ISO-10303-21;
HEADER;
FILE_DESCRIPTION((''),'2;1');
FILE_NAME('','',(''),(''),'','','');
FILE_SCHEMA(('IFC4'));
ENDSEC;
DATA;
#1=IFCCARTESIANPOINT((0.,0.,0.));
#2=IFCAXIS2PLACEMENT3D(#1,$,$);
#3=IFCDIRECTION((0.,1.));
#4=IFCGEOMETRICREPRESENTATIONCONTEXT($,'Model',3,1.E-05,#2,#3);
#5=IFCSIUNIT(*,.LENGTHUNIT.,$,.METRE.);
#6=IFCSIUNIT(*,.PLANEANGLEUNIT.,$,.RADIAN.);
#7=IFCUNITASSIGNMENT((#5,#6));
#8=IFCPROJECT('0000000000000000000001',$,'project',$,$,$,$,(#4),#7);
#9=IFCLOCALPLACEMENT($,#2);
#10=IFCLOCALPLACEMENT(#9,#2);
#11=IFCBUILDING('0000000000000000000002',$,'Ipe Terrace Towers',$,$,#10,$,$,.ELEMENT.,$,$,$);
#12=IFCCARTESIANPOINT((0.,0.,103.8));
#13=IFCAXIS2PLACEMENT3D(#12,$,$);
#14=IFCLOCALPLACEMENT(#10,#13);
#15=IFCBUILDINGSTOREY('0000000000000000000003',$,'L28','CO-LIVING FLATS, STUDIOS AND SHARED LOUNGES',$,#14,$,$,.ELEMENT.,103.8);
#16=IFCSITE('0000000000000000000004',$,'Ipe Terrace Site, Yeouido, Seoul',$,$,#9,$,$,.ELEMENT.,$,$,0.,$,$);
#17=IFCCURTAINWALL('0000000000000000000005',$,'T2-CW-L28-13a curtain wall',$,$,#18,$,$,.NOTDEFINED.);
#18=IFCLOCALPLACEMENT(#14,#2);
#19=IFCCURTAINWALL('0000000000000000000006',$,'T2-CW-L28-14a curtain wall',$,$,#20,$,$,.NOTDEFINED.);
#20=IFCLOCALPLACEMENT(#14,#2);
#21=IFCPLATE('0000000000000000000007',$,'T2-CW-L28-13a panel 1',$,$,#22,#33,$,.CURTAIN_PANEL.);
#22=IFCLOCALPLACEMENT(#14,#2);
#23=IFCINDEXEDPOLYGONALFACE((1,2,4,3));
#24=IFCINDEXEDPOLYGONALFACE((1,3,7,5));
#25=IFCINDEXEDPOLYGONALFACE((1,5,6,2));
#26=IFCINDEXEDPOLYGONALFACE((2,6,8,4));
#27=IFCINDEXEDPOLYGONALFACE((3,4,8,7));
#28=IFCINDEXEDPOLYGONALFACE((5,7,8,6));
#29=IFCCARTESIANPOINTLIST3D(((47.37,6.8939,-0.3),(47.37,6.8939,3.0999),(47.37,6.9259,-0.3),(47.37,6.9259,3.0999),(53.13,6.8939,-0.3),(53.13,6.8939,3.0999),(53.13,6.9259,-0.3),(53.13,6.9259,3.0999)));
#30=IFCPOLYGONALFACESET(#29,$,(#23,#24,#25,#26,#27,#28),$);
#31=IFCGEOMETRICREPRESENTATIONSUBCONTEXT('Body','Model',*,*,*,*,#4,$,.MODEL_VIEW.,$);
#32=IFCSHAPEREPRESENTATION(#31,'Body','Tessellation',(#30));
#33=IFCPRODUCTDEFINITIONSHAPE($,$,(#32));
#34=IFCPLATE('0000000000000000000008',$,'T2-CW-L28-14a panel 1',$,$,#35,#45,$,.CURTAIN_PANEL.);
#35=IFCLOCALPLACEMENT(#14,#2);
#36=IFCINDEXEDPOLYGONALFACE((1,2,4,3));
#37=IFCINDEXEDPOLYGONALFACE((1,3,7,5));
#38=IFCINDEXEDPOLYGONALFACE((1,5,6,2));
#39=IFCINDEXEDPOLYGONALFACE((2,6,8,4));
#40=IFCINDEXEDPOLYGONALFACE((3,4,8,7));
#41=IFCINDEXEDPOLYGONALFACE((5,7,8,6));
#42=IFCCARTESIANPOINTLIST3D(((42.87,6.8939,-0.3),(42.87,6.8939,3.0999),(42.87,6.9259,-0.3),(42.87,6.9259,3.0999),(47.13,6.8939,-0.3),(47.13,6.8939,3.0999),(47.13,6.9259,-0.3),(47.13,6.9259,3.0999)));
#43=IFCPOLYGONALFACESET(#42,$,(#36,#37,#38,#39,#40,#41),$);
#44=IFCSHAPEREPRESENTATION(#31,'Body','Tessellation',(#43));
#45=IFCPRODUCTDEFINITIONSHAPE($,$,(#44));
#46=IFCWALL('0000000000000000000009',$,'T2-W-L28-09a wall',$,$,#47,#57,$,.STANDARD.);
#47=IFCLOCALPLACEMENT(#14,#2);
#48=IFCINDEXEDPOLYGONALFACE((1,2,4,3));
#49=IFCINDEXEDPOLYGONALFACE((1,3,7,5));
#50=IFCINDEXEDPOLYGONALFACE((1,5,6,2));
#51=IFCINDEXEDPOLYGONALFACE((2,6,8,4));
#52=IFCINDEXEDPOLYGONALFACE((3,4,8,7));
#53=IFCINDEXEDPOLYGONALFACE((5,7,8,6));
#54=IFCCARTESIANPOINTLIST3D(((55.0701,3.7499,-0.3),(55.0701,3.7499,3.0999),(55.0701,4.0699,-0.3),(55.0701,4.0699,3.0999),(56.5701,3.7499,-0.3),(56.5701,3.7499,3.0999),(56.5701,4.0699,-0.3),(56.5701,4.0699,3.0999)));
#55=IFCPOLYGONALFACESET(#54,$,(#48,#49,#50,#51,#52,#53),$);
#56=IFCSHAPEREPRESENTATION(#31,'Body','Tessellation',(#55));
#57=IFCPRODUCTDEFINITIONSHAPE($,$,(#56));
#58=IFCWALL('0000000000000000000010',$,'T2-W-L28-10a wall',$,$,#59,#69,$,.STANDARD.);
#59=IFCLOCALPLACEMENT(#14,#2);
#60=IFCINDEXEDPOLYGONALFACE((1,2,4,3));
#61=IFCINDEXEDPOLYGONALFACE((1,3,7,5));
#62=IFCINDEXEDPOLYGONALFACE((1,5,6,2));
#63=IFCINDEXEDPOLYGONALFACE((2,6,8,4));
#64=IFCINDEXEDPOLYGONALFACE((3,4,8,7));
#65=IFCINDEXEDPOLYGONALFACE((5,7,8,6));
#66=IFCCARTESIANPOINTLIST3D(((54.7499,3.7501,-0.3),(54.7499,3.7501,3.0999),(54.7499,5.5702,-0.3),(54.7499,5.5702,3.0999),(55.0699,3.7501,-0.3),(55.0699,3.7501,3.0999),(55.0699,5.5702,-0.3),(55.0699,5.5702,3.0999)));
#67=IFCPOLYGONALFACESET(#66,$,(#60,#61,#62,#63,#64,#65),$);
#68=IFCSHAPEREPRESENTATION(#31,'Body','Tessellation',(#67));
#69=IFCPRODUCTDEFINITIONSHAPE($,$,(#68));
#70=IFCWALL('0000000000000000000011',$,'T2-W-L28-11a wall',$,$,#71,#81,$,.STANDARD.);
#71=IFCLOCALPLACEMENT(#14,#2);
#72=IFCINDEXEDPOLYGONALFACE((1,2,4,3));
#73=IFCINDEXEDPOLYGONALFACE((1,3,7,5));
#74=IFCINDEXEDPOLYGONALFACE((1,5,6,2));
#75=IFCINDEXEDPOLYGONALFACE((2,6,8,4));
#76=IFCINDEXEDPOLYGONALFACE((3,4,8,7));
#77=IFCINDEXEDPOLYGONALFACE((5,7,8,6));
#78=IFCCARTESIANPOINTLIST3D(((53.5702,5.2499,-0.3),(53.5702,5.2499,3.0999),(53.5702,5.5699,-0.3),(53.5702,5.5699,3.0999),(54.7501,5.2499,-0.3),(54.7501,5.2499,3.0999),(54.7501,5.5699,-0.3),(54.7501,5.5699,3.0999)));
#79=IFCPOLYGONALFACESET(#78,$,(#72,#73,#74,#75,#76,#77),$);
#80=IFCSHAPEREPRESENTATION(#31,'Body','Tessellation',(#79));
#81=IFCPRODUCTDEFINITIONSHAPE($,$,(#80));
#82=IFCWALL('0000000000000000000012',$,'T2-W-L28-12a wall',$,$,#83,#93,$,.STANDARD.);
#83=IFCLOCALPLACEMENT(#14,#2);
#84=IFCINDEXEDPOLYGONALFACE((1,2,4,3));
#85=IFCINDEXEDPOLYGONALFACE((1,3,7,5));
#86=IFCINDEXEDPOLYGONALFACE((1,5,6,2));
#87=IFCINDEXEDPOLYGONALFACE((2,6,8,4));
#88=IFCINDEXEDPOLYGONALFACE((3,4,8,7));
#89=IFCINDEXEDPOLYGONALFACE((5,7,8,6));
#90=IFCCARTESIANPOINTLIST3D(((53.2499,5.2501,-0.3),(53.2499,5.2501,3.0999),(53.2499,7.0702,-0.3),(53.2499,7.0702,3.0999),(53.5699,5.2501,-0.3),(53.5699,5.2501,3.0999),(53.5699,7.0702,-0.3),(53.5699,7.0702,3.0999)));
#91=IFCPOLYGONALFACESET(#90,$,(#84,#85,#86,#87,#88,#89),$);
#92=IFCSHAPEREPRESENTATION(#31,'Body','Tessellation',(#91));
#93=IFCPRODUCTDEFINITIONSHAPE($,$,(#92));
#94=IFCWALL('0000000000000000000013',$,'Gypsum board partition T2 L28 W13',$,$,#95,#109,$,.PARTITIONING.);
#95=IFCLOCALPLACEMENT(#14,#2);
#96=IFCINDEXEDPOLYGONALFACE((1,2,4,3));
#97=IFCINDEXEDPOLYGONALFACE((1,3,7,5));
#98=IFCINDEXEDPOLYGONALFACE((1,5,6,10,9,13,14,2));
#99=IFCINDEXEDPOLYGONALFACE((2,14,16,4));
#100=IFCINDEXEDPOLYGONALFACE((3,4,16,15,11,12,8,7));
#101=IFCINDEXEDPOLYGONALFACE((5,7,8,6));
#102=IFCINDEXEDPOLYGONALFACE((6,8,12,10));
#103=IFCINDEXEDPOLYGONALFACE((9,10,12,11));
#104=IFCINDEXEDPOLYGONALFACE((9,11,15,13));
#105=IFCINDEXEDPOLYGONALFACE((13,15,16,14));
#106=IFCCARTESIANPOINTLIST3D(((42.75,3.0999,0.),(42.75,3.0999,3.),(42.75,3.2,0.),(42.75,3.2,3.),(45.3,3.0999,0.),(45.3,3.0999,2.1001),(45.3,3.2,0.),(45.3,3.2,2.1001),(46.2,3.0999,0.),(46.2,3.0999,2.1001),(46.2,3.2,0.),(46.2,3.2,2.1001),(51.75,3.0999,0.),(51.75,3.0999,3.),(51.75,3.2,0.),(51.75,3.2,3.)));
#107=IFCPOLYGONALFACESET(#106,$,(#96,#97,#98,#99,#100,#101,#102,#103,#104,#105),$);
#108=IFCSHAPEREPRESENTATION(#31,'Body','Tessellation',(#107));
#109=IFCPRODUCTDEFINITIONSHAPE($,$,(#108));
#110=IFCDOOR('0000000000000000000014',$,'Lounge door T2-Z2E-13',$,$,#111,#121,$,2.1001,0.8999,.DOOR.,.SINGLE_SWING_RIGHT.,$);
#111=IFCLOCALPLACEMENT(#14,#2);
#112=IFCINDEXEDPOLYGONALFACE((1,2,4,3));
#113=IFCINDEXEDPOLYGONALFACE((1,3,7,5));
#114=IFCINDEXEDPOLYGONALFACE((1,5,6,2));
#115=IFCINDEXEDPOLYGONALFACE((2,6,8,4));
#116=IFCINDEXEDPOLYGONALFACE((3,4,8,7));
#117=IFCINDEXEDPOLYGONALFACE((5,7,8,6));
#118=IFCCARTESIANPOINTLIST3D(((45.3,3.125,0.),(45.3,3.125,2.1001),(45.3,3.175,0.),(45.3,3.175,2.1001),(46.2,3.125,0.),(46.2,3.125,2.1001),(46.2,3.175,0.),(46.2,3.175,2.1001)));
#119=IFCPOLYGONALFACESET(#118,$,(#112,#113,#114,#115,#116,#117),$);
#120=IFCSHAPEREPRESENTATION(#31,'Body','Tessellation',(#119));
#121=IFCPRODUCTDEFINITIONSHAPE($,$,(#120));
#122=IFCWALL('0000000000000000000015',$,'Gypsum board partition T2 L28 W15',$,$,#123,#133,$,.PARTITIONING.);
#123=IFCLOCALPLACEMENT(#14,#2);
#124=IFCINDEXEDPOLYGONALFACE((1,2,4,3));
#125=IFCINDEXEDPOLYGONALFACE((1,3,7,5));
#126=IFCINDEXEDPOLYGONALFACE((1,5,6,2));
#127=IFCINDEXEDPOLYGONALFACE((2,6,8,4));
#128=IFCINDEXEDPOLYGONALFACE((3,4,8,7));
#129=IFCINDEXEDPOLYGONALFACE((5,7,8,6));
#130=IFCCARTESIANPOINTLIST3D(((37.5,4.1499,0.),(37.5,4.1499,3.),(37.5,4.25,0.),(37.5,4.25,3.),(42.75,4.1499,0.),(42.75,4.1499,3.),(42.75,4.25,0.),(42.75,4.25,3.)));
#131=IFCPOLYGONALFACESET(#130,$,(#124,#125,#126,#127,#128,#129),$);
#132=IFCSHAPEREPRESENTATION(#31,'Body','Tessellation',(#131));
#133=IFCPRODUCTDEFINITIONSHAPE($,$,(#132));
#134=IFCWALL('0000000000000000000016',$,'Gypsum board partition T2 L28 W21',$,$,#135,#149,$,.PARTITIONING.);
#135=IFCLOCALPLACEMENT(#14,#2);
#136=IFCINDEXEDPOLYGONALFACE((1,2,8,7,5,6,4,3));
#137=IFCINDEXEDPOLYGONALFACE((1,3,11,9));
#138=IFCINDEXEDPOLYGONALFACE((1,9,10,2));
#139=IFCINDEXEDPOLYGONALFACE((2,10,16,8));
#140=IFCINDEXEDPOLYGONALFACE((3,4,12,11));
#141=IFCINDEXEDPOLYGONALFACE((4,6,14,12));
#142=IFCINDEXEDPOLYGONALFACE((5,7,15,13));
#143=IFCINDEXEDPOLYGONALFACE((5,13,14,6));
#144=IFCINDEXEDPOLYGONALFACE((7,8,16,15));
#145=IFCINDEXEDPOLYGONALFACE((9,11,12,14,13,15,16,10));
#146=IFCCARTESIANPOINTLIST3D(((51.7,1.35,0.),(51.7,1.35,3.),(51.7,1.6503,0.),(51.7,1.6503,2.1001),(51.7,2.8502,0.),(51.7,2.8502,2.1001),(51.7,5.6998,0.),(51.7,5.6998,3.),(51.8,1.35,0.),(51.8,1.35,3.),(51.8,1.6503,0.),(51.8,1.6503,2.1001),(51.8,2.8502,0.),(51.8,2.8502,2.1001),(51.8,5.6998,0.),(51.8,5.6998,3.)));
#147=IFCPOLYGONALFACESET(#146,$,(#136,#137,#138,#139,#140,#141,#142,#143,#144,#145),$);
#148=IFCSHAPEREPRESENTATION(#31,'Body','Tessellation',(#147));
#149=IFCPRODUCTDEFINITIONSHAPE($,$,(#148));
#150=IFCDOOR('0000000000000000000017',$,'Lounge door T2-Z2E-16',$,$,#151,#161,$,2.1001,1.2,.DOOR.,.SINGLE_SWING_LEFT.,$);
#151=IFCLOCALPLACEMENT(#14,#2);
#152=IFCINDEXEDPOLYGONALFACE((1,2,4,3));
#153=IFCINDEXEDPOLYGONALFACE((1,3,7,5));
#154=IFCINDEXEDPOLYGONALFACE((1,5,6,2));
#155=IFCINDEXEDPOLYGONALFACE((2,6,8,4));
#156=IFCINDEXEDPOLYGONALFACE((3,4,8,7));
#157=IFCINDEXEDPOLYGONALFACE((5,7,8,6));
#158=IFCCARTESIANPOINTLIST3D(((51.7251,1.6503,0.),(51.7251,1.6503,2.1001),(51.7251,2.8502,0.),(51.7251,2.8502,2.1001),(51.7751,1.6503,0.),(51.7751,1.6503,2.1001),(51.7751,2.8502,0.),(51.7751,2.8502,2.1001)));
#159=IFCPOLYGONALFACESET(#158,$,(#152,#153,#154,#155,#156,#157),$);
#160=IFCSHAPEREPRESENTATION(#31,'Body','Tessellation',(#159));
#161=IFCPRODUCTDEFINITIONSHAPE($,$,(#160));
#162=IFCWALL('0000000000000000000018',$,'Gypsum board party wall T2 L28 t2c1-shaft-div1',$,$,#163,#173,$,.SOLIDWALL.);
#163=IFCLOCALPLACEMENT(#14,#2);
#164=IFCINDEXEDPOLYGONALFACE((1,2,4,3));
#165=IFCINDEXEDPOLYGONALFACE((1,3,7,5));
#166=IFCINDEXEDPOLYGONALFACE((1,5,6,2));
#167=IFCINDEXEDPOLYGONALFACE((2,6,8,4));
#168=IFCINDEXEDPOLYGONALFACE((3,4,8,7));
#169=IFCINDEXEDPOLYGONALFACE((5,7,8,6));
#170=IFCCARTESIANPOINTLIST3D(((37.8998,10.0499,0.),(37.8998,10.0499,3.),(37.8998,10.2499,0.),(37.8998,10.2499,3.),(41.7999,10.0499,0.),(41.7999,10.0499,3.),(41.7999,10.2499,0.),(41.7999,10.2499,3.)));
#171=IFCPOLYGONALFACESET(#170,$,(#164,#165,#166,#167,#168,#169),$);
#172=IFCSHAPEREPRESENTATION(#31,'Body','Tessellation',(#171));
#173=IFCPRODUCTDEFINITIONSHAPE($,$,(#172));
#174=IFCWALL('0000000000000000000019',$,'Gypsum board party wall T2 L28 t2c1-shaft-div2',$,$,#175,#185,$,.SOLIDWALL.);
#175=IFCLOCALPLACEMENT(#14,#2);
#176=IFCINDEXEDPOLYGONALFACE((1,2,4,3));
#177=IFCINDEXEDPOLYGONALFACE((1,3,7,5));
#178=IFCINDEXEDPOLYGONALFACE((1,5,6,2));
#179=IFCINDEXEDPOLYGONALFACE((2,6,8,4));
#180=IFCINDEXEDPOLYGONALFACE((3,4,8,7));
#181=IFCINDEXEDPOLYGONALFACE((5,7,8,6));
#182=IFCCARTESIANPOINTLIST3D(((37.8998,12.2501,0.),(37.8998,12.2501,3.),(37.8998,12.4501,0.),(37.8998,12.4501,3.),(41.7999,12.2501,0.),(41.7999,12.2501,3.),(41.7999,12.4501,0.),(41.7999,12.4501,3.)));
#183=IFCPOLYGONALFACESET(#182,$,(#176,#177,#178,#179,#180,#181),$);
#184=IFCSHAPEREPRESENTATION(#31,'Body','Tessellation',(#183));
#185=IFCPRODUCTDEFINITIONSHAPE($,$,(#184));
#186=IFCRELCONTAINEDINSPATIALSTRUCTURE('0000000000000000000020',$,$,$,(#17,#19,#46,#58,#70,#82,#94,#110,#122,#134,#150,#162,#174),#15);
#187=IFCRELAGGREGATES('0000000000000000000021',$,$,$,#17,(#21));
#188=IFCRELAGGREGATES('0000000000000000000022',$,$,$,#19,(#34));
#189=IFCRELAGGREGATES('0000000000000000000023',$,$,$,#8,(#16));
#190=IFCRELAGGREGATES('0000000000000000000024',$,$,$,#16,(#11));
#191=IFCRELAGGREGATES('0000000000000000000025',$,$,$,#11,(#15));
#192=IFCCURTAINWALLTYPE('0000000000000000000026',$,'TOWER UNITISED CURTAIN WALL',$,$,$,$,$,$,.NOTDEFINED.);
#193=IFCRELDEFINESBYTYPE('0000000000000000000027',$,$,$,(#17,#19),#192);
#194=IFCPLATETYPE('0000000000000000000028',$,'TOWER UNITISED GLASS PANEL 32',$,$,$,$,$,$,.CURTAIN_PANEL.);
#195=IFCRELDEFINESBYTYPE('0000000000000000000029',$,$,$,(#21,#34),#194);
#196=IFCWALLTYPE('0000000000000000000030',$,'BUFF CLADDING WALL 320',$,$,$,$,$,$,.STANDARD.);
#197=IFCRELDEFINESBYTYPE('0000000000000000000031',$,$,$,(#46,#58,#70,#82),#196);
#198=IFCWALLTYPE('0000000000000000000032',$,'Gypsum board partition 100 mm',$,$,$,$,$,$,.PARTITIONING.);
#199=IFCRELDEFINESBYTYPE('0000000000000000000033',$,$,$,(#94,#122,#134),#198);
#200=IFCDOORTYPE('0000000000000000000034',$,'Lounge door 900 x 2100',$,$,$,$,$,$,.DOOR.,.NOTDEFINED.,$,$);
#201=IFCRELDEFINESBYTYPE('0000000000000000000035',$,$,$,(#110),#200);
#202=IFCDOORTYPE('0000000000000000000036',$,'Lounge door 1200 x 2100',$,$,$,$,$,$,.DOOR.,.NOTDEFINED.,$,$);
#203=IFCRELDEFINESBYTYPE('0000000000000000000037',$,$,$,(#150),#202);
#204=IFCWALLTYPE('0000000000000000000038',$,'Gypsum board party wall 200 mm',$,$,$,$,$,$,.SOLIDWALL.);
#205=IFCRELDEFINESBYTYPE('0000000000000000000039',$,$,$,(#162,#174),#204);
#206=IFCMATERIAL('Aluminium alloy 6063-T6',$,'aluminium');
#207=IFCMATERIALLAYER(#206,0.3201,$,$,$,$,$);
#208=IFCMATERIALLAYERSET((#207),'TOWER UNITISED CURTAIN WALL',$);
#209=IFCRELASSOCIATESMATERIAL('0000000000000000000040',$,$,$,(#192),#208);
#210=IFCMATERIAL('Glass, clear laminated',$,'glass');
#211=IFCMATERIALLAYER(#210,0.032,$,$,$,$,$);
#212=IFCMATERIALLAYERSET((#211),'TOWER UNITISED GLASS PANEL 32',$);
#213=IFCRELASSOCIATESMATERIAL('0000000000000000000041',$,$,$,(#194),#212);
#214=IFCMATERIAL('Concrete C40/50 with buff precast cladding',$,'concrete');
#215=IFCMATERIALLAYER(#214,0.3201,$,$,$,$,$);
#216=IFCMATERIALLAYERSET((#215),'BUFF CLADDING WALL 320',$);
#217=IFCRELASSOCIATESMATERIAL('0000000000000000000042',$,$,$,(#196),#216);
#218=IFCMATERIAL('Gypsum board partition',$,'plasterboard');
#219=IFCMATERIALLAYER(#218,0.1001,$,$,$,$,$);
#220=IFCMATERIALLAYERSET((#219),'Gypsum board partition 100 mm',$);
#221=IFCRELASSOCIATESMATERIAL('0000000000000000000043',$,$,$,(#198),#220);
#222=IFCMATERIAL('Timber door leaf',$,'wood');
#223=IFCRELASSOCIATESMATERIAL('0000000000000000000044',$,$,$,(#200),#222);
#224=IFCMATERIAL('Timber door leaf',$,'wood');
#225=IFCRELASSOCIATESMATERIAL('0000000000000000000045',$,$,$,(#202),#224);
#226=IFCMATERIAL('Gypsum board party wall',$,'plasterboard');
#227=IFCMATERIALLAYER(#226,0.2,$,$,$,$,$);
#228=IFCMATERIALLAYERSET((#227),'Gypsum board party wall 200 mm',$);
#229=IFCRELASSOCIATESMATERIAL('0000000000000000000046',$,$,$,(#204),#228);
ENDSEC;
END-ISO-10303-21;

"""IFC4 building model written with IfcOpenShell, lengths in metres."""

from ifc_helpers import new_model, si_unit, direction, frame, frame_2d, origin, origin_2d, place, context, subcontext, project, spatial, rectangle, extrude, material, layer, layer_set, type_object, element, fill, aggregate, save


model = new_model("IFC4")

# Units and contexts
model_context = context("Model", 3, precision=1e-05, world=origin(), true_north=direction((0.0, 1.0)))
body_context = subcontext(model_context, "Body", "Model", "MODEL_VIEW")
ifc_project = project(units=[si_unit("LENGTHUNIT", "METRE"), si_unit("PLANEANGLEUNIT", "RADIAN")], contexts=[model_context])

# Site, building, storey
site_placement = place(None, origin())
site = spatial("IfcSite", under=ifc_project, at=site_placement, Name="Ipe Terrace Site, Yeouido, Seoul", CompositionType="ELEMENT", RefElevation=0.0)
building_placement = place(site_placement, origin())
building = spatial("IfcBuilding", under=site, at=building_placement, Name="Ipe Terrace Towers", CompositionType="ELEMENT")
storey_placement = place(building_placement, frame((0.0, 0.0, 103.8)))
storey = spatial("IfcBuildingStorey", under=building, at=storey_placement, Name="L28", Description="CO-LIVING FLATS, STUDIOS AND SHARED LOUNGES", CompositionType="ELEMENT", Elevation=103.8)

# Shared definitions
ifc_material_1 = material(Name="Aluminium alloy 6063-T6", Category="aluminium")
ifc_layer_1 = layer(ifc_material_1, 0.3201)
ifc_layer_set_1 = layer_set([ifc_layer_1], Name="TOWER UNITISED CURTAIN WALL")
curtain_wall_type = type_object("IfcCurtainWallType", Name="TOWER UNITISED CURTAIN WALL", PredefinedType="NOTDEFINED", material=ifc_layer_set_1)

# Curtain walls
curtain_wall_1_placement = place(storey_placement, origin())
curtain_wall_1 = element("IfcCurtainWall", 1, at=curtain_wall_1_placement, inside=storey, type_object=curtain_wall_type, Name="T2-CW-L28-13a curtain wall", PredefinedType="NOTDEFINED")
curtain_wall_2_placement = place(storey_placement, origin())
curtain_wall_2 = element("IfcCurtainWall", 2, at=curtain_wall_2_placement, inside=storey, type_object=curtain_wall_type, Name="T2-CW-L28-14a curtain wall", PredefinedType="NOTDEFINED")

# Plates
ifc_material_2 = material(Name="Glass, clear laminated", Category="glass")
ifc_layer_2 = layer(ifc_material_2, 0.032)
ifc_layer_set_2 = layer_set([ifc_layer_2], Name="TOWER UNITISED GLASS PANEL 32")
plate_type = type_object("IfcPlateType", Name="TOWER UNITISED GLASS PANEL 32", PredefinedType="CURTAIN_PANEL", material=ifc_layer_set_2)
plate_1_placement = place(storey_placement, frame((50.25, 6.9099, -0.3), z_axis=(0.0, 0.0, 1.0), x_axis=(-1.0, 0.0, 0.0)))
plate_1 = element("IfcPlate", 3, at=plate_1_placement, type_object=plate_type, Name="T2-CW-L28-13a panel 1", PredefinedType="CURTAIN_PANEL", context=body_context, shape_type="SweptSolid", body=[
    extrude(rectangle(XDim=5.76, YDim=0.032, at=origin_2d()), origin(), (0.0, 0.0, 1.0), 3.3999),
])
aggregate(curtain_wall_1, [plate_1])
plate_2_placement = place(storey_placement, frame((45.0, 6.9099, -0.3), z_axis=(0.0, 0.0, 1.0), x_axis=(-1.0, 0.0, 0.0)))
plate_2 = element("IfcPlate", 4, at=plate_2_placement, type_object=plate_type, Name="T2-CW-L28-14a panel 1", PredefinedType="CURTAIN_PANEL", context=body_context, shape_type="SweptSolid", body=[
    extrude(rectangle(XDim=4.26, YDim=0.032, at=origin_2d()), origin(), (0.0, 0.0, 1.0), 3.3999),
])
aggregate(curtain_wall_2, [plate_2])

# Walls
ifc_material_3 = material(Name="Concrete C40/50 with buff precast cladding", Category="concrete")
ifc_layer_3 = layer(ifc_material_3, 0.3201)
ifc_layer_set_3 = layer_set([ifc_layer_3], Name="BUFF CLADDING WALL 320")
wall_type_1 = type_object("IfcWallType", Name="BUFF CLADDING WALL 320", PredefinedType="STANDARD", material=ifc_layer_set_3)
wall_1_placement = place(storey_placement, frame((56.5701, 3.9099, -0.3), z_axis=(0.0, 0.0, 1.0), x_axis=(-1.0, 0.0, 0.0)))
element("IfcWall", 5, at=wall_1_placement, inside=storey, type_object=wall_type_1, Name="T2-W-L28-09a wall", PredefinedType="STANDARD", context=body_context, shape_type="SweptSolid", body=[
    extrude(rectangle(XDim=1.5, YDim=0.3201, at=frame_2d((0.75, 0.0))), origin(), (0.0, 0.0, 1.0), 3.3999),
])
wall_2_placement = place(storey_placement, frame((54.9099, 3.75, -0.3), z_axis=(0.0, 0.0, 1.0), x_axis=(0.0, 1.0, 0.0)))
element("IfcWall", 6, at=wall_2_placement, inside=storey, type_object=wall_type_1, Name="T2-W-L28-10a wall", PredefinedType="STANDARD", context=body_context, shape_type="SweptSolid", body=[
    extrude(rectangle(XDim=1.8201, YDim=0.3201, at=frame_2d((0.9102, 0.0))), origin(), (0.0, 0.0, 1.0), 3.3999),
])
wall_3_placement = place(storey_placement, frame((54.75, 5.4099, -0.3), z_axis=(0.0, 0.0, 1.0), x_axis=(-1.0, 0.0, 0.0)))
element("IfcWall", 7, at=wall_3_placement, inside=storey, type_object=wall_type_1, Name="T2-W-L28-11a wall", PredefinedType="STANDARD", context=body_context, shape_type="SweptSolid", body=[
    extrude(rectangle(XDim=1.1799, YDim=0.3201, at=frame_2d((0.5898, 0.0))), origin(), (0.0, 0.0, 1.0), 3.3999),
])
wall_4_placement = place(storey_placement, frame((53.4099, 5.25, -0.3), z_axis=(0.0, 0.0, 1.0), x_axis=(0.0, 1.0, 0.0)))
element("IfcWall", 8, at=wall_4_placement, inside=storey, type_object=wall_type_1, Name="T2-W-L28-12a wall", PredefinedType="STANDARD", context=body_context, shape_type="SweptSolid", body=[
    extrude(rectangle(XDim=1.8201, YDim=0.3201, at=frame_2d((0.9102, 0.0))), origin(), (0.0, 0.0, 1.0), 3.3999),
])

# Wall, opening, door
ifc_material_4 = material(Name="Gypsum board partition", Category="plasterboard")
ifc_layer_4 = layer(ifc_material_4, 0.1001)
ifc_layer_set_4 = layer_set([ifc_layer_4], Name="Gypsum board partition 100 mm")
wall_type_2 = type_object("IfcWallType", Name="Gypsum board partition 100 mm", PredefinedType="PARTITIONING", material=ifc_layer_set_4)
wall_5_placement = place(storey_placement, frame((51.75, 3.1499, 0.0), z_axis=(0.0, 0.0, 1.0), x_axis=(-1.0, 0.0, 0.0)))
wall_5 = element("IfcWall", 9, at=wall_5_placement, inside=storey, type_object=wall_type_2, Name="Gypsum board partition T2 L28 W13", PredefinedType="PARTITIONING", context=body_context, shape_type="SweptSolid", body=[
    extrude(rectangle(XDim=9.0, YDim=0.1001, at=frame_2d((4.5, 0.0))), origin(), (0.0, 0.0, 1.0), 3.0),
])
opening_1_placement = place(wall_5_placement, frame((5.55, 0.0, 0.0)))
opening_1 = element("IfcOpeningElement", 10, at=opening_1_placement, cuts=wall_5, PredefinedType="OPENING", context=body_context, shape_type="SweptSolid", body=[
    extrude(rectangle(XDim=0.8999, YDim=2.1001, at=frame_2d((0.45, 1.05))), frame((0.0, 0.0601, 0.0), z_axis=(0.0, -1.0, 0.0), x_axis=(1.0, 0.0, 0.0)), (0.0, 0.0, 1.0), 0.1201),
])
ifc_material_5 = material(Name="Timber door leaf", Category="wood")
door_type_1 = type_object("IfcDoorType", Name="Lounge door 900 x 2100", OperationType="NOTDEFINED", PredefinedType="DOOR", material=ifc_material_5)
door_1_placement = place(opening_1_placement, origin())
door_1 = element("IfcDoor", 11, at=door_1_placement, inside=storey, type_object=door_type_1, Name="Lounge door T2-Z2E-13", OperationType="SINGLE_SWING_RIGHT", OverallHeight=2.1001, OverallWidth=0.8999, PredefinedType="DOOR", context=body_context, shape_type="SweptSolid", body=[
    extrude(rectangle(XDim=0.8999, YDim=2.1001, at=frame_2d((0.45, 1.05))), frame((0.0, 0.0249, 0.0), z_axis=(0.0, -1.0, 0.0), x_axis=(1.0, 0.0, 0.0)), (0.0, 0.0, 1.0), 0.05),
])
fill(opening_1, door_1)

# Wall
wall_6_placement = place(storey_placement, frame((42.75, 4.2, 0.0), z_axis=(0.0, 0.0, 1.0), x_axis=(-1.0, 0.0, 0.0)))
element("IfcWall", 12, at=wall_6_placement, inside=storey, type_object=wall_type_2, Name="Gypsum board partition T2 L28 W15", PredefinedType="PARTITIONING", context=body_context, shape_type="SweptSolid", body=[
    extrude(rectangle(XDim=5.25, YDim=0.1001, at=frame_2d((2.625, 0.0))), origin(), (0.0, 0.0, 1.0), 3.0),
])

# Wall, opening, door
wall_7_placement = place(storey_placement, frame((51.75, 1.3501, 0.0), z_axis=(0.0, 0.0, 1.0), x_axis=(0.0, 1.0, 0.0)))
wall_7 = element("IfcWall", 13, at=wall_7_placement, inside=storey, type_object=wall_type_2, Name="Gypsum board partition T2 L28 W21", PredefinedType="PARTITIONING", context=body_context, shape_type="SweptSolid", body=[
    extrude(rectangle(XDim=4.3499, YDim=0.1001, at=frame_2d((2.1748, 0.0))), origin(), (0.0, 0.0, 1.0), 3.0),
])
opening_2_placement = place(wall_7_placement, frame((0.3, 0.0, 0.0)))
opening_2 = element("IfcOpeningElement", 14, at=opening_2_placement, cuts=wall_7, PredefinedType="OPENING", context=body_context, shape_type="SweptSolid", body=[
    extrude(rectangle(XDim=1.2, YDim=2.1001, at=frame_2d((0.6001, 1.05))), frame((0.0, 0.0601, 0.0), z_axis=(0.0, -1.0, 0.0), x_axis=(1.0, 0.0, 0.0)), (0.0, 0.0, 1.0), 0.1201),
])
ifc_material_6 = material(Name="Timber door leaf", Category="wood")
door_type_2 = type_object("IfcDoorType", Name="Lounge door 1200 x 2100", OperationType="NOTDEFINED", PredefinedType="DOOR", material=ifc_material_6)
door_2_placement = place(opening_2_placement, origin())
door_2 = element("IfcDoor", 15, at=door_2_placement, inside=storey, type_object=door_type_2, Name="Lounge door T2-Z2E-16", OperationType="SINGLE_SWING_LEFT", OverallHeight=2.1001, OverallWidth=1.2, PredefinedType="DOOR", context=body_context, shape_type="SweptSolid", body=[
    extrude(rectangle(XDim=1.2, YDim=2.1001, at=frame_2d((0.6001, 1.05))), frame((0.0, 0.0249, 0.0), z_axis=(0.0, -1.0, 0.0), x_axis=(1.0, 0.0, 0.0)), (0.0, 0.0, 1.0), 0.05),
])
fill(opening_2, door_2)

# Walls
ifc_material_7 = material(Name="Gypsum board party wall", Category="plasterboard")
ifc_layer_5 = layer(ifc_material_7, 0.2)
ifc_layer_set_5 = layer_set([ifc_layer_5], Name="Gypsum board party wall 200 mm")
wall_type_3 = type_object("IfcWallType", Name="Gypsum board party wall 200 mm", PredefinedType="SOLIDWALL", material=ifc_layer_set_5)
for number, where, z_axis, x_axis, name in (
    (16, (41.8, 10.1499, 0.0), (0.0, 0.0, 1.0), (-1.0, 0.0, 0.0), "Gypsum board party wall T2 L28 t2c1-shaft-div1"),
    (17, (41.8, 12.3501, 0.0), (0.0, 0.0, 1.0), (-1.0, 0.0, 0.0), "Gypsum board party wall T2 L28 t2c1-shaft-div2"),
):
    element("IfcWall", number, at=place(storey_placement, frame(where, z_axis=z_axis, x_axis=x_axis)), inside=storey, type_object=wall_type_3, Name=name, PredefinedType="SOLIDWALL", context=body_context, shape_type="SweptSolid", body=[
        extrude(rectangle(XDim=3.9001, YDim=0.2, at=frame_2d((1.9502, 0.0))), origin(), (0.0, 0.0, 1.0), 3.0),
    ])

save(model, "model.ifc")
